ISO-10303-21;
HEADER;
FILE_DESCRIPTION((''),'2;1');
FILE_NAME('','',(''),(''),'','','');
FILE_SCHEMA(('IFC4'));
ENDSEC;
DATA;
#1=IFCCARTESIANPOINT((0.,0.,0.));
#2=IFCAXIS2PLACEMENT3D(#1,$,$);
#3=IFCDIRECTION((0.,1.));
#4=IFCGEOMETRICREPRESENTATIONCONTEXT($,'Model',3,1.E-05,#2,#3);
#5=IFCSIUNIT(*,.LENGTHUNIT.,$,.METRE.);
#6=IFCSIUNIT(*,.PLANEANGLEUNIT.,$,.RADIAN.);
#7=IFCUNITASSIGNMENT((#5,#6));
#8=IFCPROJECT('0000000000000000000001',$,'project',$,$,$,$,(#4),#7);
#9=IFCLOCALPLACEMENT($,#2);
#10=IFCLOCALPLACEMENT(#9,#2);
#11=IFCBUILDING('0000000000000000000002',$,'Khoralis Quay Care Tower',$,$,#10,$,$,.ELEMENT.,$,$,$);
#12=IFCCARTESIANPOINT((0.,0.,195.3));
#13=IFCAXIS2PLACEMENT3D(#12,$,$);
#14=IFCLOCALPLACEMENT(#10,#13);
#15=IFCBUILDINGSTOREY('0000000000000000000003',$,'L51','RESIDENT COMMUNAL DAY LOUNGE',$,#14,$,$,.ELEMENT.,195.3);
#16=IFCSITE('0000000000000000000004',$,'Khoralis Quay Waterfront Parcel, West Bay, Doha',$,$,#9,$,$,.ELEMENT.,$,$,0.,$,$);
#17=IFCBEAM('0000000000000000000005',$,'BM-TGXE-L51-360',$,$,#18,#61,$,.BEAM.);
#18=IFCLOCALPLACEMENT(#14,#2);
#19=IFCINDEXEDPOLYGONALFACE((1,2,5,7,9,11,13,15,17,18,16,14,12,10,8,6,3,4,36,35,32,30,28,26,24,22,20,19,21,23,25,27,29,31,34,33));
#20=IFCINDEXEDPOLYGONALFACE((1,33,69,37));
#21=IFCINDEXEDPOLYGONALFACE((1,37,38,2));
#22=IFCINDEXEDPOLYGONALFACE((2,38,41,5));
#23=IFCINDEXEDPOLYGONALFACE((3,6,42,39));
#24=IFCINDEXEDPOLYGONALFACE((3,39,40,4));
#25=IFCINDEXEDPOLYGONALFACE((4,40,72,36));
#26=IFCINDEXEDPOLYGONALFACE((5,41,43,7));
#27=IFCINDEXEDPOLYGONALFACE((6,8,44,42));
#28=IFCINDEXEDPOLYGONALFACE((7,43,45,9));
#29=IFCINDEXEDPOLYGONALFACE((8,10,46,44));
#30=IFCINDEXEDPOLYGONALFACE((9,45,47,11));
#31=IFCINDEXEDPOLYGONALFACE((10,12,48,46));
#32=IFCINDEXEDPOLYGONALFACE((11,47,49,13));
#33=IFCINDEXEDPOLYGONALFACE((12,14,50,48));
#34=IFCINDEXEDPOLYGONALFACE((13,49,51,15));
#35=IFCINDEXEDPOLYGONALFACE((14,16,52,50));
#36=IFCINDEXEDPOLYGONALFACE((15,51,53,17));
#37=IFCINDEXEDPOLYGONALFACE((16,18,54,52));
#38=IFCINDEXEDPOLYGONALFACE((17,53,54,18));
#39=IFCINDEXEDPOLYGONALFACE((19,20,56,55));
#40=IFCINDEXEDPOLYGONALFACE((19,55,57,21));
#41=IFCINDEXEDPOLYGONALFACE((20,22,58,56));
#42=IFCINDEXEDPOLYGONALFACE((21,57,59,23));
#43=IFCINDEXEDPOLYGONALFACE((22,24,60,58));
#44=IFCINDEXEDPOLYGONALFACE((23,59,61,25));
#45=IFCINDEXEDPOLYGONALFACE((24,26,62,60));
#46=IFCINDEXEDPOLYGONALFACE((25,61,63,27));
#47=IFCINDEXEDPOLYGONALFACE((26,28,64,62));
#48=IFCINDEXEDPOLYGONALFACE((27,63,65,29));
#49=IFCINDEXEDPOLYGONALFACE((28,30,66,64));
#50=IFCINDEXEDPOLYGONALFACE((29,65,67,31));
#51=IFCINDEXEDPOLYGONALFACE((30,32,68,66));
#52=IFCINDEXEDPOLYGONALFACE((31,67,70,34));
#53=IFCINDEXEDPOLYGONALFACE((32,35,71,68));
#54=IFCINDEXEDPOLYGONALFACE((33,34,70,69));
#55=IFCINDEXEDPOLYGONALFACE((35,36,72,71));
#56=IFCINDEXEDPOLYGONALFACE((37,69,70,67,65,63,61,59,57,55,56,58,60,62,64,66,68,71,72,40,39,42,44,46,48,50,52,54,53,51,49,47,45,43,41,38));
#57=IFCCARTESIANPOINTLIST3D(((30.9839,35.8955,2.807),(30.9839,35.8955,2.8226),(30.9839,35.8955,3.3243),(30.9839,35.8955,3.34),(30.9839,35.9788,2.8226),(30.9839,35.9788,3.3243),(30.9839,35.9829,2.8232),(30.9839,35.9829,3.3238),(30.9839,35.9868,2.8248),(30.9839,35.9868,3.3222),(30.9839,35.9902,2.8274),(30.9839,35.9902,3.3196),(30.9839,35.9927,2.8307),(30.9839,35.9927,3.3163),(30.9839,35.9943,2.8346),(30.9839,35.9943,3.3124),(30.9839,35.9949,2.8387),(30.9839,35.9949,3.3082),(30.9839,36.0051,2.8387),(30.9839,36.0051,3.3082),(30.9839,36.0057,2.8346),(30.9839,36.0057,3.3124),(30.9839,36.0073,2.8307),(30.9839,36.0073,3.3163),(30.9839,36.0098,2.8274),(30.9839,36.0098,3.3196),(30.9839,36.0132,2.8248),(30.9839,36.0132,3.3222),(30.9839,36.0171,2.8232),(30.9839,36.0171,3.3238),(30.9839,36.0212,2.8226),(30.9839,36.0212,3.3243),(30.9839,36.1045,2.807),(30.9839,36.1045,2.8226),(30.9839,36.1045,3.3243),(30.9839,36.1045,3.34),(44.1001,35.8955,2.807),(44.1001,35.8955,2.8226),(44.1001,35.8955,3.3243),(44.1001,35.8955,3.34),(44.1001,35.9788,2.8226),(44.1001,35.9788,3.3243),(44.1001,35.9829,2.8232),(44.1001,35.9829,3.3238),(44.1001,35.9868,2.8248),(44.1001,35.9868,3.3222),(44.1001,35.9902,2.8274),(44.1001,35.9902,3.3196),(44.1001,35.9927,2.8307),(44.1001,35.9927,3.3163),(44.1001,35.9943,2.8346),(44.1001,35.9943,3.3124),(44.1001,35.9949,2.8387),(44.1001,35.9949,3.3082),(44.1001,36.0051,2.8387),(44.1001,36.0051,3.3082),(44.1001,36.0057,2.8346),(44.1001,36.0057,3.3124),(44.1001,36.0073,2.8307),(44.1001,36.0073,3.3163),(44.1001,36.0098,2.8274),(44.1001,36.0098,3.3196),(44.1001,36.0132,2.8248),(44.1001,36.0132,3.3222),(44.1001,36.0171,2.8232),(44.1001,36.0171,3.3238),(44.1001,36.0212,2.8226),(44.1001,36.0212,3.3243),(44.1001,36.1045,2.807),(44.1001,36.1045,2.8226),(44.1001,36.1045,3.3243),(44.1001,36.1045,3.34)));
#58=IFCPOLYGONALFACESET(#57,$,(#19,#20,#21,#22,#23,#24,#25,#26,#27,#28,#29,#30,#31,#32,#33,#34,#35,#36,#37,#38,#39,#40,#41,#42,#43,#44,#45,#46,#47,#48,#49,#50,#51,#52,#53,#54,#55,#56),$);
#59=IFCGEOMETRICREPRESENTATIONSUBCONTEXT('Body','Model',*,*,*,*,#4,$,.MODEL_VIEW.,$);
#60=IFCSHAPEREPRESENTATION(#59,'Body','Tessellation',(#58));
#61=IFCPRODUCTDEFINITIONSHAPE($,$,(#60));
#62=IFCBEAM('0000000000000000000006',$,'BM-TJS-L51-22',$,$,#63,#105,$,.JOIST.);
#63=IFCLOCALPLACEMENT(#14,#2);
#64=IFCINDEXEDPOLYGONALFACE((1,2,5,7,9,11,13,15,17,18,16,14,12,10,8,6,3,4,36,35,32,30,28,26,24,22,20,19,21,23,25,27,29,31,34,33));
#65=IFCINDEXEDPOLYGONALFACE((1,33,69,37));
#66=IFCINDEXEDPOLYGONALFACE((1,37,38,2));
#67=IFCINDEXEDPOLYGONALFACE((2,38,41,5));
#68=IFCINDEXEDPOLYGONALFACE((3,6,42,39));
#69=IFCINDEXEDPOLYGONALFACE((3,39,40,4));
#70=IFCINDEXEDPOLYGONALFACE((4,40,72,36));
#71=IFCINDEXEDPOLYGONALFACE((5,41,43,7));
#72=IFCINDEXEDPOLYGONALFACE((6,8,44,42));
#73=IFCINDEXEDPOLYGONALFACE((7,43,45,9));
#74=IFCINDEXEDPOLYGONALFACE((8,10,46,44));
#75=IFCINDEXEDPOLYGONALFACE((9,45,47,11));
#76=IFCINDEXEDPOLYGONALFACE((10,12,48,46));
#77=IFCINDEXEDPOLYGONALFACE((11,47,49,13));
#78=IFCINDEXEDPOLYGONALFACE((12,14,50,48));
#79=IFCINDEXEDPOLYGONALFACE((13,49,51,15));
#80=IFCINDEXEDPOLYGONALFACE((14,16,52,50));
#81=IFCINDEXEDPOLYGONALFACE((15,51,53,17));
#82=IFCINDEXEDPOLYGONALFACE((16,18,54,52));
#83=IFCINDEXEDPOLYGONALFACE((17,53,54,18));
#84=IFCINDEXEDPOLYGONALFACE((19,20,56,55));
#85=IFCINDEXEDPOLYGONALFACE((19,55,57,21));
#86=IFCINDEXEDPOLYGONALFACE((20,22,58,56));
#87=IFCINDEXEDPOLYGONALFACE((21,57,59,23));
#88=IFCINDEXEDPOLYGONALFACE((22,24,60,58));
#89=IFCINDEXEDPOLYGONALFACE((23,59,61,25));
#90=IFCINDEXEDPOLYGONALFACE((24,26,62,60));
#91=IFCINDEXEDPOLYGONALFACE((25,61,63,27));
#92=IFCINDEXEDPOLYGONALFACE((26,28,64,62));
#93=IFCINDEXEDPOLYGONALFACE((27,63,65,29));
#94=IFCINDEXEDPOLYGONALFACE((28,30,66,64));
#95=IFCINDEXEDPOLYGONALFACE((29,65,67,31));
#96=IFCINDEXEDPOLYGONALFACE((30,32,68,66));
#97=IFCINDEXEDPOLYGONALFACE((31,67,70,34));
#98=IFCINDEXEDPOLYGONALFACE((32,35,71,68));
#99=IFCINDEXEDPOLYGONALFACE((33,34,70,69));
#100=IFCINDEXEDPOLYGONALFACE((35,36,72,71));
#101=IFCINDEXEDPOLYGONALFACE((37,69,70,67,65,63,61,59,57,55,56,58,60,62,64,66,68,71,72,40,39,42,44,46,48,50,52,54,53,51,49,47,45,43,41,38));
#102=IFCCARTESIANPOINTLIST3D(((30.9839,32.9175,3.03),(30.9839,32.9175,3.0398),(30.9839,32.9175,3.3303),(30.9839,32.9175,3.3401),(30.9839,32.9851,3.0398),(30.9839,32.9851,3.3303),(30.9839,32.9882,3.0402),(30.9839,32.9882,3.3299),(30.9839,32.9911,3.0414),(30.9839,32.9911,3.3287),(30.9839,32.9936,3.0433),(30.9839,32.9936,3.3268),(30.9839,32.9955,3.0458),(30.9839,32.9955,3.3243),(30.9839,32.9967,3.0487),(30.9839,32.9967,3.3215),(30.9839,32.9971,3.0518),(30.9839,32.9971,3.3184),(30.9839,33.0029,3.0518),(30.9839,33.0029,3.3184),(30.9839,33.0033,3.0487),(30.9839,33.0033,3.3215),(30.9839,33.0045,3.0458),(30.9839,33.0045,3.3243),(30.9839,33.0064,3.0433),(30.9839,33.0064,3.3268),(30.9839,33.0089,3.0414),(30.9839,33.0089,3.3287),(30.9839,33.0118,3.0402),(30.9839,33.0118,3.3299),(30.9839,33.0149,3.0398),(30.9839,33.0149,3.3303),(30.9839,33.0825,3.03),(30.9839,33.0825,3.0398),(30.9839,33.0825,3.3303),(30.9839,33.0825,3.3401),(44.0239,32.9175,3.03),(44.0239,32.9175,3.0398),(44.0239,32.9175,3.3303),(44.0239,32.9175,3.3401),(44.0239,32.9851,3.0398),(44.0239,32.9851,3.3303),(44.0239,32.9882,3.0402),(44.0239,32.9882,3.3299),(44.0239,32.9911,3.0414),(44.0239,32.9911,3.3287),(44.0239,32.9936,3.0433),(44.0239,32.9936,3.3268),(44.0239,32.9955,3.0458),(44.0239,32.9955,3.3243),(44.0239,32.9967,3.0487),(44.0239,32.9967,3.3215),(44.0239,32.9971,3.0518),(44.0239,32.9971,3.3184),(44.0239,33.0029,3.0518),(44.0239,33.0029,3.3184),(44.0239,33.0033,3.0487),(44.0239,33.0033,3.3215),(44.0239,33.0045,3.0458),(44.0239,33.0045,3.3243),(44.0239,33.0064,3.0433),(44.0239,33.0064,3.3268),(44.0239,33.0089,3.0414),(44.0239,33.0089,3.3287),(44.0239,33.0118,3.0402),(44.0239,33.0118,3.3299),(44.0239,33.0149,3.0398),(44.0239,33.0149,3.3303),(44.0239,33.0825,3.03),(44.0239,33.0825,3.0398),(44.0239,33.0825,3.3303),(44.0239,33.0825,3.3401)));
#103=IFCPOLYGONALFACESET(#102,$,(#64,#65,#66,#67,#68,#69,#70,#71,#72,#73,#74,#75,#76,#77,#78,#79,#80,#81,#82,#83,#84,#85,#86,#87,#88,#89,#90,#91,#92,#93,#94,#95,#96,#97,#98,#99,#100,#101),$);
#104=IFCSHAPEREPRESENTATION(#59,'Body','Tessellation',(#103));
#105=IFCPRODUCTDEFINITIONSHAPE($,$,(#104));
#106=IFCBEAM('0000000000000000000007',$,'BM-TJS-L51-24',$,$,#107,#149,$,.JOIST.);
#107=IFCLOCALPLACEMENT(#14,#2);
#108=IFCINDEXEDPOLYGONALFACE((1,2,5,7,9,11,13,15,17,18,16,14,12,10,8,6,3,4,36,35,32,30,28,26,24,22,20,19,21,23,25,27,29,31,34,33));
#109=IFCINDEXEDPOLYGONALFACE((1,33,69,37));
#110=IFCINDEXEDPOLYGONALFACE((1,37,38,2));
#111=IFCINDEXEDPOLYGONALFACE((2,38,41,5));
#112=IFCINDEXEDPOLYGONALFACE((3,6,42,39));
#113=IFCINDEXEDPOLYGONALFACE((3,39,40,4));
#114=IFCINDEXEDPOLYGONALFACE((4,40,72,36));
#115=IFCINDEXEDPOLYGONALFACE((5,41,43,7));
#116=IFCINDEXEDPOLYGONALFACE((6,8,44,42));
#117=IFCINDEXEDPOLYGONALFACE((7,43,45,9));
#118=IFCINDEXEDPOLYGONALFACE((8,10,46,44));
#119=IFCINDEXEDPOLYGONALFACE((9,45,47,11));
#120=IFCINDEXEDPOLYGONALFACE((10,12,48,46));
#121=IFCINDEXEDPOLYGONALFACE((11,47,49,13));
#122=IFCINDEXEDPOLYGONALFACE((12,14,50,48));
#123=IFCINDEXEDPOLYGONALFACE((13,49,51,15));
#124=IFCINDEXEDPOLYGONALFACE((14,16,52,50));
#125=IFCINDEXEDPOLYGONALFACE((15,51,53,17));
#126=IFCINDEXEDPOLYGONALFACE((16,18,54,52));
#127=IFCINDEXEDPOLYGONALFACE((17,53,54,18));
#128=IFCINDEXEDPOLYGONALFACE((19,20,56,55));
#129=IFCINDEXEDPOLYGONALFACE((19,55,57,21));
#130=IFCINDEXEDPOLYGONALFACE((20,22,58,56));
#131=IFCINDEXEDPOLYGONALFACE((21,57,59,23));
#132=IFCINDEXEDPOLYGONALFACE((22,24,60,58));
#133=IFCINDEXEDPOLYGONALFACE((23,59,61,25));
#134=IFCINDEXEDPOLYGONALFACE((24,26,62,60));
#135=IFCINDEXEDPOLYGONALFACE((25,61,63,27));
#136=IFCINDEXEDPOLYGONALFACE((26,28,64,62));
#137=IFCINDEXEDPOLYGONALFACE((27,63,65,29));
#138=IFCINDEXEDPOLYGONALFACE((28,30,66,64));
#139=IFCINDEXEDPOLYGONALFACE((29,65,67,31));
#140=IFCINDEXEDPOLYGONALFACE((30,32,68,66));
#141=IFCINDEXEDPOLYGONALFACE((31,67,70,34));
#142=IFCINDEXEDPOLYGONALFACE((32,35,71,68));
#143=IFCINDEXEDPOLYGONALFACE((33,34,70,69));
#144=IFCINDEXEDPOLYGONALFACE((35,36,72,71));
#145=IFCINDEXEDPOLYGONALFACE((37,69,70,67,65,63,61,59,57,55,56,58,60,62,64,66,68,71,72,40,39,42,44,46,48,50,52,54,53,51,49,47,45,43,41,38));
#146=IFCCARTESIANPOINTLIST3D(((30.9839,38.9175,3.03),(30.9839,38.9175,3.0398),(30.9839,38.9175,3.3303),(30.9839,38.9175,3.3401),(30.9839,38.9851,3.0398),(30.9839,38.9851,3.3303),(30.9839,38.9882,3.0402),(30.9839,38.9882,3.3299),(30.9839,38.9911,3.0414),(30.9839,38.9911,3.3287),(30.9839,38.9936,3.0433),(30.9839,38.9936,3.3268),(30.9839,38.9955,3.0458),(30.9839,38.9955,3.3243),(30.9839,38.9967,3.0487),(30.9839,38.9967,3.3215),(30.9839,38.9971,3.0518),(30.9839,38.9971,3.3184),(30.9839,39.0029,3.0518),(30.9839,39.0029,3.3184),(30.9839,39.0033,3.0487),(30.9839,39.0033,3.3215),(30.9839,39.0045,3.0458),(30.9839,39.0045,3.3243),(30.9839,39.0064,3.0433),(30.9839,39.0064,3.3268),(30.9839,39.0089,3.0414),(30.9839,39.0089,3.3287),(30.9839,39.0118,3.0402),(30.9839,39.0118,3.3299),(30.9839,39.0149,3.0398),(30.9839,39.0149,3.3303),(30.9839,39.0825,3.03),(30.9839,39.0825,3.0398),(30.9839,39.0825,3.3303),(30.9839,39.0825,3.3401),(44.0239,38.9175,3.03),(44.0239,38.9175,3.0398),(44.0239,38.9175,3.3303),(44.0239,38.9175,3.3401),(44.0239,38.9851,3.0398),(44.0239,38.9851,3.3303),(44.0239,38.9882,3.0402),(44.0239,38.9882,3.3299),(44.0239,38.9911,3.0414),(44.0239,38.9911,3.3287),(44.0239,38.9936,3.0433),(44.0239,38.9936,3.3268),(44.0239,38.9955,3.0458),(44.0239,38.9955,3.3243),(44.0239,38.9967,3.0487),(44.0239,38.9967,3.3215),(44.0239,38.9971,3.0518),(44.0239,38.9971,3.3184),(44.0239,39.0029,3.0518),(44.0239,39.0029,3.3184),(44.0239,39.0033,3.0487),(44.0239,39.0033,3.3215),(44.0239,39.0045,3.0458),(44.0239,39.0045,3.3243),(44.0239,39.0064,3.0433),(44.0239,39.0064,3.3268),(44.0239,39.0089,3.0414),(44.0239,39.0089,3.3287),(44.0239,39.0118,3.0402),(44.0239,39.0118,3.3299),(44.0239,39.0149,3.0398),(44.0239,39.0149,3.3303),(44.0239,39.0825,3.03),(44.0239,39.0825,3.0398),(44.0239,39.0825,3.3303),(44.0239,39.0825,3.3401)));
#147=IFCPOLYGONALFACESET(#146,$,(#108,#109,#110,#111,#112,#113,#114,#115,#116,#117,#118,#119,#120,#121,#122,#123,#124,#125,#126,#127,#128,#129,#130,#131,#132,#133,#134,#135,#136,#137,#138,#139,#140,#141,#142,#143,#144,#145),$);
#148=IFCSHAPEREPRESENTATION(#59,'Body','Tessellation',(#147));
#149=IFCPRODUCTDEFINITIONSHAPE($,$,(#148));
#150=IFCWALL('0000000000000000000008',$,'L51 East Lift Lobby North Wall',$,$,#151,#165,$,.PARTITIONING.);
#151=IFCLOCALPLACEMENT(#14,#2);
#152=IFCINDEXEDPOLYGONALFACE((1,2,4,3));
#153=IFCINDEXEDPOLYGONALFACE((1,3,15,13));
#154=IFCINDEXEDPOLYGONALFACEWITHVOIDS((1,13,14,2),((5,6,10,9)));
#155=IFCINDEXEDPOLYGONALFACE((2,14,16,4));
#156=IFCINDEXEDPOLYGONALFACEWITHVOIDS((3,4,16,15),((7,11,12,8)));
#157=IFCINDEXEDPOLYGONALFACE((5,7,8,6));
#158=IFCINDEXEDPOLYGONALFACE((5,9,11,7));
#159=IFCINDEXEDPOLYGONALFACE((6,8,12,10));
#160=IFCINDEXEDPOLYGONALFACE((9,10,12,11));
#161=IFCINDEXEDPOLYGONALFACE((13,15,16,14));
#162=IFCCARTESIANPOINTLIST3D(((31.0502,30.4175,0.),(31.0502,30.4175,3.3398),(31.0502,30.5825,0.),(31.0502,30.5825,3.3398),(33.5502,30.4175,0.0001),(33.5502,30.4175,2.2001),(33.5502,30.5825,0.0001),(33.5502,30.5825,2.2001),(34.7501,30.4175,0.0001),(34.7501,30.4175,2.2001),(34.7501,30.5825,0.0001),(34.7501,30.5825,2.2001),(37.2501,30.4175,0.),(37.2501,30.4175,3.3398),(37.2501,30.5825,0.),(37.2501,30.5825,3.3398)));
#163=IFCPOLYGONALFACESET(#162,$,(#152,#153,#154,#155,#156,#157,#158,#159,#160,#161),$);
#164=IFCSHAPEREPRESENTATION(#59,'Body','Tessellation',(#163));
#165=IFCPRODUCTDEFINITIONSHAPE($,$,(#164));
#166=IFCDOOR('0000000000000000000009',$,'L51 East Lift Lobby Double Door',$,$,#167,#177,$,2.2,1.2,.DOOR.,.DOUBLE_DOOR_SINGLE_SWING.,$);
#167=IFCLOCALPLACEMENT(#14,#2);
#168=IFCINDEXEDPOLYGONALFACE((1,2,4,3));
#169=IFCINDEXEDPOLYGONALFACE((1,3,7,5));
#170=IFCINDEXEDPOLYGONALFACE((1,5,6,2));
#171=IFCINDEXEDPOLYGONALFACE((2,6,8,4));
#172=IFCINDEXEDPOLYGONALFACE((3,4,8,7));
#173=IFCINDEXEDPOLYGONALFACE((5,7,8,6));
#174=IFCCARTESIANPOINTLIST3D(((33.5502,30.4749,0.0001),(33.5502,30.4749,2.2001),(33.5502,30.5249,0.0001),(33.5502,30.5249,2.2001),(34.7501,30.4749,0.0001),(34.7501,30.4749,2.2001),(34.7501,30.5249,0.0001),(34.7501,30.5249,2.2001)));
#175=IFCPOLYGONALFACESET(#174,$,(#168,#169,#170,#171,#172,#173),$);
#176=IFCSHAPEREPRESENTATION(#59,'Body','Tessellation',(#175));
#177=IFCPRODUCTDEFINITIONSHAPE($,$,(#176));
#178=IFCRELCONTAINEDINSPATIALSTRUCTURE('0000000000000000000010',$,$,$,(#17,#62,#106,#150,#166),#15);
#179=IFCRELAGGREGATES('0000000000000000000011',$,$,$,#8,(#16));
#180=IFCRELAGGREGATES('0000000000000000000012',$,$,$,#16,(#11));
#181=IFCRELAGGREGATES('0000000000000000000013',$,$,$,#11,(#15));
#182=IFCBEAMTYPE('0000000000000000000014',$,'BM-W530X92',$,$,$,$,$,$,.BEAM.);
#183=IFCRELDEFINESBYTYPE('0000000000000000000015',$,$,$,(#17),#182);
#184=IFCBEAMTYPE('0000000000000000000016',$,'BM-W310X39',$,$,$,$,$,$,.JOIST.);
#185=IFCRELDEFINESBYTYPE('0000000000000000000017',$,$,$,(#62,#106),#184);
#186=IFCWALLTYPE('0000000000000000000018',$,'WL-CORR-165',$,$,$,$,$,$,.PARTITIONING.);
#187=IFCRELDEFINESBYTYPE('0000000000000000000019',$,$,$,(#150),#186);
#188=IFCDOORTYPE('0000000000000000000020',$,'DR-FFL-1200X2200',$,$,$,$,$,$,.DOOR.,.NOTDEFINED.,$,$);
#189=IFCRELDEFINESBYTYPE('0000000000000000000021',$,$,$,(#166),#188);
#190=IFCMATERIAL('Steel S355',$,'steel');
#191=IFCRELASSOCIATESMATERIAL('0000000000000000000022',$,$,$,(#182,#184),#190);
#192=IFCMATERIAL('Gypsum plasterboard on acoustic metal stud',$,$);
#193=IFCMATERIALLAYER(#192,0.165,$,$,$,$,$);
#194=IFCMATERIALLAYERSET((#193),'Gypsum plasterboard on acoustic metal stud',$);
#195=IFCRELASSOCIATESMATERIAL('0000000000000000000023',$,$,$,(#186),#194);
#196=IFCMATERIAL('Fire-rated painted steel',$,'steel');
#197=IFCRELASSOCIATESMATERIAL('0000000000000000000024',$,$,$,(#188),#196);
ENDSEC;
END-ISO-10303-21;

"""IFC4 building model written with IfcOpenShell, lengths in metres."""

from ifc_helpers import new_model, si_unit, direction, frame, frame_2d, origin, origin_2d, place, context, subcontext, project, spatial, rectangle, i_section, extrude, source, transform, mapped, material, layer, layer_set, material_profile, profile_set, type_object, element, fill, save


model = new_model("IFC4")

# Units and contexts
model_context = context("Model", 3, precision=1e-05, world=origin(), true_north=direction((0.0, 1.0)))
body_context = subcontext(model_context, "Body", "Model", "MODEL_VIEW")
ifc_project = project(units=[si_unit("LENGTHUNIT", "METRE"), si_unit("PLANEANGLEUNIT", "RADIAN")], contexts=[model_context])

# Site, building, storey
site_placement = place(None, origin())
site = spatial("IfcSite", under=ifc_project, at=site_placement, Name="Khoralis Quay Waterfront Parcel, West Bay, Doha", CompositionType="ELEMENT", RefElevation=0.0)
building_placement = place(site_placement, origin())
building = spatial("IfcBuilding", under=site, at=building_placement, Name="Khoralis Quay Care Tower", CompositionType="ELEMENT")
storey_placement = place(building_placement, frame((0.0, 0.0, 195.3)))
storey = spatial("IfcBuildingStorey", under=building, at=storey_placement, Name="L51", Description="RESIDENT COMMUNAL DAY LOUNGE", CompositionType="ELEMENT", Elevation=195.3)

# Beams
ifc_material_1 = material(Name="Steel S355", Category="steel")
ifc_material_profile_1 = material_profile(ifc_material_1, i_section(OverallWidth=0.209, OverallDepth=0.533, WebThickness=0.0103, FlangeThickness=0.0156, FilletRadius=0.0161, at=origin_2d()), Name="Steel S355")
ifc_profile_set_1 = profile_set([ifc_material_profile_1], Name="Steel S355")
beam_type_1 = type_object("IfcBeamType", Name="BM-W530X92", PredefinedType="BEAM", material=ifc_profile_set_1)
shared_shape_1 = source(origin(), body_context, "Body", "SweptSolid", [
    extrude(i_section(OverallWidth=0.209, OverallDepth=0.533, WebThickness=0.0103, FlangeThickness=0.0156, FilletRadius=0.0161, at=origin_2d()), origin(), (0.0, 0.0, 1.0), 13.1162),
])
beam_1_placement = place(storey_placement, frame((30.9839, 36.0, 3.0735), z_axis=(1.0, 0.0, 0.0), x_axis=(0.0, 1.0, 0.0)))
element("IfcBeam", 1, at=beam_1_placement, inside=storey, type_object=beam_type_1, Name="BM-TGXE-L51-360", PredefinedType="BEAM", context=body_context, shape_type="MappedRepresentation", body=[
    mapped(shared_shape_1, transform((0.0, 0.0, 0.0), scale=1.0)),
])
ifc_material_profile_2 = material_profile(ifc_material_1, i_section(OverallWidth=0.165, OverallDepth=0.3101, WebThickness=0.0059, FlangeThickness=0.0098, FilletRadius=0.012, at=origin_2d()), Name="Steel S355")
ifc_profile_set_2 = profile_set([ifc_material_profile_2], Name="Steel S355")
beam_type_2 = type_object("IfcBeamType", Name="BM-W310X39", PredefinedType="JOIST", material=ifc_profile_set_2)
shared_shape_2 = source(origin(), body_context, "Body", "SweptSolid", [
    extrude(i_section(OverallWidth=0.165, OverallDepth=0.3101, WebThickness=0.0059, FlangeThickness=0.0098, FilletRadius=0.012, at=origin_2d()), origin(), (0.0, 0.0, 1.0), 13.04),
])
for number, where, z_axis, x_axis, name in (
    (2, (30.9839, 33.0, 3.1851), (1.0, 0.0, 0.0), (0.0, 1.0, 0.0), "BM-TJS-L51-22"),
    (3, (30.9839, 39.0, 3.1851), (1.0, 0.0, 0.0), (0.0, 1.0, 0.0), "BM-TJS-L51-24"),
):
    element("IfcBeam", number, at=place(storey_placement, frame(where, z_axis=z_axis, x_axis=x_axis)), inside=storey, type_object=beam_type_2, Name=name, PredefinedType="JOIST", context=body_context, shape_type="MappedRepresentation", body=[
        mapped(shared_shape_2, transform((0.0, 0.0, 0.0), scale=1.0)),
    ])

# Wall, opening, door
ifc_material_2 = material(Name="Gypsum plasterboard on acoustic metal stud")
ifc_layer_1 = layer(ifc_material_2, 0.165)
ifc_layer_set_1 = layer_set([ifc_layer_1], Name="Gypsum plasterboard on acoustic metal stud")
wall_type_1 = type_object("IfcWallType", Name="WL-CORR-165", PredefinedType="PARTITIONING", material=ifc_layer_set_1)
wall_1_placement = place(storey_placement, frame((31.05, 30.5, 0.0), z_axis=(0.0, 0.0, 1.0), x_axis=(1.0, 0.0, 0.0)))
wall_1 = element("IfcWall", 4, at=wall_1_placement, inside=storey, type_object=wall_type_1, Name="L51 East Lift Lobby North Wall", PredefinedType="PARTITIONING", context=body_context, shape_type="SweptSolid", body=[
    extrude(rectangle(XDim=6.2, YDim=0.165, at=frame_2d((3.1001, 0.0))), origin(), (0.0, 0.0, 1.0), 3.3398),
])
opening_1_placement = place(wall_1_placement, frame((2.5, 0.0, 0.0)))
opening_1 = element("IfcOpeningElement", 5, at=opening_1_placement, cuts=wall_1, PredefinedType="OPENING", context=body_context, shape_type="SweptSolid", body=[
    extrude(rectangle(XDim=1.2, YDim=2.2, at=frame_2d((0.6001, 1.1001))), frame((0.0, 0.0925, 0.0), z_axis=(0.0, -1.0, 0.0), x_axis=(1.0, 0.0, 0.0)), (0.0, 0.0, 1.0), 0.1851),
])
ifc_material_3 = material(Name="Fire-rated painted steel", Category="steel")
door_type_1 = type_object("IfcDoorType", Name="DR-FFL-1200X2200", OperationType="NOTDEFINED", PredefinedType="DOOR", material=ifc_material_3)
shared_shape_3 = source(origin(), body_context, "Body", "SweptSolid", [
    extrude(rectangle(XDim=1.2, YDim=2.2, at=frame_2d((0.6001, 1.1001))), frame((0.0, 0.0249, 0.0), z_axis=(0.0, -1.0, 0.0), x_axis=(1.0, 0.0, 0.0)), (0.0, 0.0, 1.0), 0.05),
])
door_1_placement = place(opening_1_placement, origin())
door_1 = element("IfcDoor", 6, at=door_1_placement, inside=storey, type_object=door_type_1, Name="L51 East Lift Lobby Double Door", OperationType="DOUBLE_DOOR_SINGLE_SWING", OverallHeight=2.2, OverallWidth=1.2, PredefinedType="DOOR", context=body_context, shape_type="MappedRepresentation", body=[
    mapped(shared_shape_3, transform((0.0, 0.0, 0.0), scale=1.0)),
])
fill(opening_1, door_1)

save(model, "model.ifc")
